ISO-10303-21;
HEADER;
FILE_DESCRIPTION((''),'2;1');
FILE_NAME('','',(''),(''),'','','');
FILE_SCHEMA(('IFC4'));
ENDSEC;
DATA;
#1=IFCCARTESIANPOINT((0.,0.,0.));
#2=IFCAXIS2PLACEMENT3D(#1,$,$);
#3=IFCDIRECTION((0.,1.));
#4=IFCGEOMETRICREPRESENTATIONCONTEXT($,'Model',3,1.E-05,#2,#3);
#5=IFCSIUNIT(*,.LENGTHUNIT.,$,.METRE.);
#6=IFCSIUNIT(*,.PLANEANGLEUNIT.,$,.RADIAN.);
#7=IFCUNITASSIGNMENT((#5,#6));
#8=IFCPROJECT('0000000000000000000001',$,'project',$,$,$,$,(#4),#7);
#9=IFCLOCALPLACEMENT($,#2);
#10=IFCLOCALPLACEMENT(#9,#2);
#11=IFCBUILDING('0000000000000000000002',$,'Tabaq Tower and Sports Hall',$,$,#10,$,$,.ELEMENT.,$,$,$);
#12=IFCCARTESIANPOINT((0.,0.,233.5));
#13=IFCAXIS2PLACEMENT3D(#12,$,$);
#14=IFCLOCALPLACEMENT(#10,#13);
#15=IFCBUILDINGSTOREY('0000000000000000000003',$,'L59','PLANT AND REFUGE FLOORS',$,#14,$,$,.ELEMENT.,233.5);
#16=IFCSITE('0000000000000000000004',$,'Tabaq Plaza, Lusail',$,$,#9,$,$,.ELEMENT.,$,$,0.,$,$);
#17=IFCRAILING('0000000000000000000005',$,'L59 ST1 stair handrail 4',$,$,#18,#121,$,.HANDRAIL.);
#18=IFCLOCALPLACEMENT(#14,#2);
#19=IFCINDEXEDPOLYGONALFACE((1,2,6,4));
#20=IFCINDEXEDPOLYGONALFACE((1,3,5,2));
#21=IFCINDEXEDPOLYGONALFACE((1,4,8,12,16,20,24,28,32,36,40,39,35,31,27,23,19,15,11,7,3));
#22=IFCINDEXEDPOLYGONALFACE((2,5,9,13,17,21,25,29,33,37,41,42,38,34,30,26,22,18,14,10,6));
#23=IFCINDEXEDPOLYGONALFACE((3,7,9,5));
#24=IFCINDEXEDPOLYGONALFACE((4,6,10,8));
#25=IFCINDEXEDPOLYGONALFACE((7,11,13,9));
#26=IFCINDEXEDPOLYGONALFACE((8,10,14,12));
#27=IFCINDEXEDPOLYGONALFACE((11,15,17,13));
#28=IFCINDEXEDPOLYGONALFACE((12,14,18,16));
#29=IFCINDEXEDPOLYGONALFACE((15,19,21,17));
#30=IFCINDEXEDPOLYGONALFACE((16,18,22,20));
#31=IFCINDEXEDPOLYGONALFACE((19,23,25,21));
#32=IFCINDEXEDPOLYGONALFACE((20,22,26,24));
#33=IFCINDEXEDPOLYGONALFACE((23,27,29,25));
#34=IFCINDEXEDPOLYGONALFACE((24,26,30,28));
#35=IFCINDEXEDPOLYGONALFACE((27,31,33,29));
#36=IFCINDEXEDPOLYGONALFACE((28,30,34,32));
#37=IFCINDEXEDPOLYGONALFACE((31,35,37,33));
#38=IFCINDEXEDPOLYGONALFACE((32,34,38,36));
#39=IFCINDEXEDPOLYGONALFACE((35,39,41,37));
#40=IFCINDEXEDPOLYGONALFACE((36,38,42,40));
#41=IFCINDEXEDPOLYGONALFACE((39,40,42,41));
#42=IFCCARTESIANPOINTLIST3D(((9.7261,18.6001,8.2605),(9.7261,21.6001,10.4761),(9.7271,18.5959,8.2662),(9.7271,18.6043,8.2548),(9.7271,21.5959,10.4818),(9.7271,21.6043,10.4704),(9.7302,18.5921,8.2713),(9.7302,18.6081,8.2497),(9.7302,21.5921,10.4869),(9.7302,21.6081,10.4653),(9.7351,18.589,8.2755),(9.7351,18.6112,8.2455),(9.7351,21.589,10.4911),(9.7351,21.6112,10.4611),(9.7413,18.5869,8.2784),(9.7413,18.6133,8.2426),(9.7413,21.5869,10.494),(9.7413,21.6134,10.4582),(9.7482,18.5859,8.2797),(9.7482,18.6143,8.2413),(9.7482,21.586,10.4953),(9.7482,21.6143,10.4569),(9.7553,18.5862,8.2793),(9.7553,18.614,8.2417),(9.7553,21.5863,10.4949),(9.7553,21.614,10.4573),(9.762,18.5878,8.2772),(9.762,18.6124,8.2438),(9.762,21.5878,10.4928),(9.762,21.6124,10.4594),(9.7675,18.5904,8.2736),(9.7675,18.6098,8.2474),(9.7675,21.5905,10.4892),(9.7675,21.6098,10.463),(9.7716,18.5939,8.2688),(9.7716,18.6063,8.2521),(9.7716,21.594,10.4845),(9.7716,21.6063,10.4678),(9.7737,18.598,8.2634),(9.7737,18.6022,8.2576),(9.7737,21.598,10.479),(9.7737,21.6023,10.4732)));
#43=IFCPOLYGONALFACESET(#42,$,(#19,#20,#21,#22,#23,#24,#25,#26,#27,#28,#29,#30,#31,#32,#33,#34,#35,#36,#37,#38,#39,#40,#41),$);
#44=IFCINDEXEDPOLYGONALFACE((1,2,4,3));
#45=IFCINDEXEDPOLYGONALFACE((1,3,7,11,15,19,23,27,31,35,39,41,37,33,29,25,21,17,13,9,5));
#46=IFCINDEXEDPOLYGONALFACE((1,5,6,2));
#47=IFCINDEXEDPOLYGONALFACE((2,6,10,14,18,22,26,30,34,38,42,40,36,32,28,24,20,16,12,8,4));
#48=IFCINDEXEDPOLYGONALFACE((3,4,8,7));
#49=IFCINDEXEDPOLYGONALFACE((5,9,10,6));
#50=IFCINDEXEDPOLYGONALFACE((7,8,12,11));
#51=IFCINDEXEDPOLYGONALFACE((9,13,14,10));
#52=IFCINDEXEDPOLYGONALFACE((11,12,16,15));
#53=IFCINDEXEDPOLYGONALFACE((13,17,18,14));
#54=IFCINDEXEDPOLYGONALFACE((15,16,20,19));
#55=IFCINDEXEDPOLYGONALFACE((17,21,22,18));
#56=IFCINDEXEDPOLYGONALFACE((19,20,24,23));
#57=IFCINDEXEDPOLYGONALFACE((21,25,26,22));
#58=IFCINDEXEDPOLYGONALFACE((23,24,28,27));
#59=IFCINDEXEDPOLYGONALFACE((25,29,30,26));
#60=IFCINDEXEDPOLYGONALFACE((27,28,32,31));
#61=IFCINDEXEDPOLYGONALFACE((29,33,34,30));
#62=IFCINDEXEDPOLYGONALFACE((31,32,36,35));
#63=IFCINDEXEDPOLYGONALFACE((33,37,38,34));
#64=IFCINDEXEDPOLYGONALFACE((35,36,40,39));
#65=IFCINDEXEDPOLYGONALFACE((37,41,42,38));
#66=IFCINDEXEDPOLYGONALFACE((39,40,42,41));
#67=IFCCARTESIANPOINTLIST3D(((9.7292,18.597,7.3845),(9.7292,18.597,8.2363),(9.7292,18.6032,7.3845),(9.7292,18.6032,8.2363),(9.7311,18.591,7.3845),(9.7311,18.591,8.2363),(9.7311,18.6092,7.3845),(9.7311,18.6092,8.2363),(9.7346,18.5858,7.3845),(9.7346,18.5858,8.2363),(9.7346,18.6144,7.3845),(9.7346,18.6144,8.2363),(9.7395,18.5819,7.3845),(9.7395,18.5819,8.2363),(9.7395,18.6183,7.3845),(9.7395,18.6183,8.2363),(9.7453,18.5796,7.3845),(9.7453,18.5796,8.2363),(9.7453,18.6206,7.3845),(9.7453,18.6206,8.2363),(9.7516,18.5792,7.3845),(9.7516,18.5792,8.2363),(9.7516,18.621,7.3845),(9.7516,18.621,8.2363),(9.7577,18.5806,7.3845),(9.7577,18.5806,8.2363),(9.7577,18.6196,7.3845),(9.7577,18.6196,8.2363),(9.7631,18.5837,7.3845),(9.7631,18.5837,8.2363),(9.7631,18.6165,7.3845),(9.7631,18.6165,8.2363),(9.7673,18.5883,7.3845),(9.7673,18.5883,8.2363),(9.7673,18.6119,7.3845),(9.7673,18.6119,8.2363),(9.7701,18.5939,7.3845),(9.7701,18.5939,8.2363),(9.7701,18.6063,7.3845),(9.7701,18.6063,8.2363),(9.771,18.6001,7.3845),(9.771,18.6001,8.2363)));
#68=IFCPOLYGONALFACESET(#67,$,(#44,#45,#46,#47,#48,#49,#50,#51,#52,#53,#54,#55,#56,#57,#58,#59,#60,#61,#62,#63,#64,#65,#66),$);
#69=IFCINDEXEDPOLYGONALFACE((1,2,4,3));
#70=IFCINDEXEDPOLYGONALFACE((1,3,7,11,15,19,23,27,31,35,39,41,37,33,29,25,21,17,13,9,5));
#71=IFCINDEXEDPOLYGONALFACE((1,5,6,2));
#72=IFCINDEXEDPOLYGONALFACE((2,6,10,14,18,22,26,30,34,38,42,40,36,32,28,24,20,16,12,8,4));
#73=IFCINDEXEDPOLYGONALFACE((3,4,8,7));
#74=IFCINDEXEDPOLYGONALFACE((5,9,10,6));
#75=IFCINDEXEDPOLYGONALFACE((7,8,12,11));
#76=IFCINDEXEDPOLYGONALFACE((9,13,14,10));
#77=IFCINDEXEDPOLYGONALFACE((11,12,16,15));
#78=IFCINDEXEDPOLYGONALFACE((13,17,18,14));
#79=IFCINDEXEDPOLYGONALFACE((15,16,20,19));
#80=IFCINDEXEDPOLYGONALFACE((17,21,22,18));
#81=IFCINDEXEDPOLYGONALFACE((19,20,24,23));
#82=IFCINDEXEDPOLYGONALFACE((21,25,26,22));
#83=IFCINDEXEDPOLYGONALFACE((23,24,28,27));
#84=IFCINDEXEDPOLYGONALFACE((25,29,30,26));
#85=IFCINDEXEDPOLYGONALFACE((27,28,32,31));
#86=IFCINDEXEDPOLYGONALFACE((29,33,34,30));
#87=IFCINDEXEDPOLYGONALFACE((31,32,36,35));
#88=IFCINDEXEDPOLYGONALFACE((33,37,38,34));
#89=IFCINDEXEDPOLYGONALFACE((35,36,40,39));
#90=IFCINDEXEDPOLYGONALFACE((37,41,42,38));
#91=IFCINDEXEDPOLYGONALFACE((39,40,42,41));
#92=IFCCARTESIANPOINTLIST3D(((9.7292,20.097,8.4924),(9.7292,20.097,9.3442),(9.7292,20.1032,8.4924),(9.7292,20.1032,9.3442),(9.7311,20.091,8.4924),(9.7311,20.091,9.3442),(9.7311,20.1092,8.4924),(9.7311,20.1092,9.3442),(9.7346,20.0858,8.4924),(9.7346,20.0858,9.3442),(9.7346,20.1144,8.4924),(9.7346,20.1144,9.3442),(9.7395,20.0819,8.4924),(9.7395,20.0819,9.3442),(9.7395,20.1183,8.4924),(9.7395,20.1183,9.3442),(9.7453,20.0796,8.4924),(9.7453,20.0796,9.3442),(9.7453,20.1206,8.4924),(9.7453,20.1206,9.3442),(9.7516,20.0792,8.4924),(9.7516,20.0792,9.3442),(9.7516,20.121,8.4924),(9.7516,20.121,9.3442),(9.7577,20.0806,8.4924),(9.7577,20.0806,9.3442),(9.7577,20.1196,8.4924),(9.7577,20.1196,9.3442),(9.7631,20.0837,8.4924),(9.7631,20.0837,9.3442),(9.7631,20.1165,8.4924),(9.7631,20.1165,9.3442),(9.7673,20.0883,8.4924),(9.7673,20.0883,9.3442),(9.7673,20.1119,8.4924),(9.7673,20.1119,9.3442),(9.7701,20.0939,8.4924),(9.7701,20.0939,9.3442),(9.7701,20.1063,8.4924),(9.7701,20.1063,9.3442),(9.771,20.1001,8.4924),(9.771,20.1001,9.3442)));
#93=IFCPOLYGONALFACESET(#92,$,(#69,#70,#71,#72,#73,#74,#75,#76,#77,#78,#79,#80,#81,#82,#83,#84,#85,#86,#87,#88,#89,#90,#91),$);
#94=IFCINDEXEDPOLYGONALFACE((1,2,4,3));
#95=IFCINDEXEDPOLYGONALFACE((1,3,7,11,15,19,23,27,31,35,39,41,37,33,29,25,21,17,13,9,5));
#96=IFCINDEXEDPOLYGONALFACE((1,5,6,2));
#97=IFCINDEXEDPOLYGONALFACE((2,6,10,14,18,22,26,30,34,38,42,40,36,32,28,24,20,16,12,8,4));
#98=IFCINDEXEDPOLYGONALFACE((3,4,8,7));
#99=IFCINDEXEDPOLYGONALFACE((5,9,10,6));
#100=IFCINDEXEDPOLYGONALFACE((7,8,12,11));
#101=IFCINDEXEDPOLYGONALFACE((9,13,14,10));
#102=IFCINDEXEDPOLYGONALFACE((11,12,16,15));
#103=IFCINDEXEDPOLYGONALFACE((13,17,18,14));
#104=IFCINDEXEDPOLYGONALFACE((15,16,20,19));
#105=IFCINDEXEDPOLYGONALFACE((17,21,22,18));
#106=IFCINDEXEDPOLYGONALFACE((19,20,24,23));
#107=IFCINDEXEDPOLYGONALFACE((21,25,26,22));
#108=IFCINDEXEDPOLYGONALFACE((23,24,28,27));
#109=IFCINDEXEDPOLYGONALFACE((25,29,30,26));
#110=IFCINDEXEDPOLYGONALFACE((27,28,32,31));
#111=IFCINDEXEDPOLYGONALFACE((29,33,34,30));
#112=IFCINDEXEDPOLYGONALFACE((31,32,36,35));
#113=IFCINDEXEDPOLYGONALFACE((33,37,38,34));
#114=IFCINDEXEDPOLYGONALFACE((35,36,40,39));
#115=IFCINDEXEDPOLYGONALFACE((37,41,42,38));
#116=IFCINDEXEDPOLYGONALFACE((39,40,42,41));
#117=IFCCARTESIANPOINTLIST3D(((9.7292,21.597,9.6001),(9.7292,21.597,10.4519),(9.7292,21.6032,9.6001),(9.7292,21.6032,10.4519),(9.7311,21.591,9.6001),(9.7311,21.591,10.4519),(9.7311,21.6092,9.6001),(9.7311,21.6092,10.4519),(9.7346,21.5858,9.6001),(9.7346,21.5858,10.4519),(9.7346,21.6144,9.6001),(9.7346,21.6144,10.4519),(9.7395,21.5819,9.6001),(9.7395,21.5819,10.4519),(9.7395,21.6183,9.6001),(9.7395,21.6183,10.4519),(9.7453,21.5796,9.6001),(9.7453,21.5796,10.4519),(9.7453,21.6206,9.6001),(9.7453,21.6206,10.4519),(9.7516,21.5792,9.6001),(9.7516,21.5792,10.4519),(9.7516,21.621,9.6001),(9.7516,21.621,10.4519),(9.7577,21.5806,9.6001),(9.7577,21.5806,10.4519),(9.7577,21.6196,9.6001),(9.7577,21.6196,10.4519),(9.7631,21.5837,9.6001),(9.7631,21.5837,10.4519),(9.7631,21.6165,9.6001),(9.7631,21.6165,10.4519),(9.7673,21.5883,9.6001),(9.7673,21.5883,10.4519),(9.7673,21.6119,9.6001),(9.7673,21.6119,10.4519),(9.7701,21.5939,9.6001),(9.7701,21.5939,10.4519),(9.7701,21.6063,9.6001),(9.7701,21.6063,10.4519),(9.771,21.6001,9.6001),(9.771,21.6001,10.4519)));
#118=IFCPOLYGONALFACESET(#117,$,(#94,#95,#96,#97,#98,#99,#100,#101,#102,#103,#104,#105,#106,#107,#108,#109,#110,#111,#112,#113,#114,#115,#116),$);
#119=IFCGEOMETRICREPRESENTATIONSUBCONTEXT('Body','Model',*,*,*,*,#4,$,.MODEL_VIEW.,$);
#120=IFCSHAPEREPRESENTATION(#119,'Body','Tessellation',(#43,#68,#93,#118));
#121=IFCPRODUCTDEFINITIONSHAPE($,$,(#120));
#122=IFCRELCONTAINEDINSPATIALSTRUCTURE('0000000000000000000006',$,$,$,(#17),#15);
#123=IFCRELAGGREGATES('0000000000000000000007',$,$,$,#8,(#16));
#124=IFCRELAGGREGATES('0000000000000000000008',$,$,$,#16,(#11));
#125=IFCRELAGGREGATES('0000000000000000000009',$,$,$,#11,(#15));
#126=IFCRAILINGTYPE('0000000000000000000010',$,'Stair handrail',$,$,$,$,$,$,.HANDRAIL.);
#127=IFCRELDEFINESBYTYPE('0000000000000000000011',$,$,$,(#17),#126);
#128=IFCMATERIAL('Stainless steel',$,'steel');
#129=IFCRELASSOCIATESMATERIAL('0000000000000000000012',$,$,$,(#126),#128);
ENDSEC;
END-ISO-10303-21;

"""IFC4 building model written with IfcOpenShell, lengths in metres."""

from ifc_helpers import new_model, si_unit, direction, frame, origin, origin_2d, place, context, subcontext, project, spatial, circle, extrude, material, type_object, element, save


model = new_model("IFC4")

# Units and contexts
model_context = context("Model", 3, precision=1e-05, world=origin(), true_north=direction((0.0, 1.0)))
body_context = subcontext(model_context, "Body", "Model", "MODEL_VIEW")
ifc_project = project(units=[si_unit("LENGTHUNIT", "METRE"), si_unit("PLANEANGLEUNIT", "RADIAN")], contexts=[model_context])

# Site, building, storey
site_placement = place(None, origin())
site = spatial("IfcSite", under=ifc_project, at=site_placement, Name="Tabaq Plaza, Lusail", CompositionType="ELEMENT", RefElevation=0.0)
building_placement = place(site_placement, origin())
building = spatial("IfcBuilding", under=site, at=building_placement, Name="Tabaq Tower and Sports Hall", CompositionType="ELEMENT")
storey_placement = place(building_placement, frame((0.0, 0.0, 233.5)))
storey = spatial("IfcBuildingStorey", under=building, at=storey_placement, Name="L59", Description="PLANT AND REFUGE FLOORS", CompositionType="ELEMENT", Elevation=233.5)

# Railing
ifc_material_1 = material(Name="Stainless steel", Category="steel")
railing_type_1 = type_object("IfcRailingType", Name="Stair handrail", PredefinedType="HANDRAIL", material=ifc_material_1)
railing_1_placement = place(storey_placement, frame((9.75, 18.6001, 7.3845)))
element("IfcRailing", 1, at=railing_1_placement, inside=storey, type_object=railing_type_1, Name="L59 ST1 stair handrail 4", PredefinedType="HANDRAIL", context=body_context, shape_type="SweptSolid", body=[
    extrude(circle(Radius=0.0239, at=origin_2d()), frame((0.0, 0.0, 0.876), z_axis=(0.0, 0.804409, 0.594076), x_axis=(-1.0, 0.0, 0.0)), (0.0, 0.0, 1.0), 3.7295),
    extrude(circle(Radius=0.021, at=origin_2d()), origin(), (0.0, 0.0, 1.0), 0.8518),
    extrude(circle(Radius=0.021, at=origin_2d()), frame((0.0, 1.5, 1.1079)), (0.0, 0.0, 1.0), 0.8518),
    extrude(circle(Radius=0.021, at=origin_2d()), frame((0.0, 3.0, 2.2156)), (0.0, 0.0, 1.0), 0.8518),
])

save(model, "model.ifc")
